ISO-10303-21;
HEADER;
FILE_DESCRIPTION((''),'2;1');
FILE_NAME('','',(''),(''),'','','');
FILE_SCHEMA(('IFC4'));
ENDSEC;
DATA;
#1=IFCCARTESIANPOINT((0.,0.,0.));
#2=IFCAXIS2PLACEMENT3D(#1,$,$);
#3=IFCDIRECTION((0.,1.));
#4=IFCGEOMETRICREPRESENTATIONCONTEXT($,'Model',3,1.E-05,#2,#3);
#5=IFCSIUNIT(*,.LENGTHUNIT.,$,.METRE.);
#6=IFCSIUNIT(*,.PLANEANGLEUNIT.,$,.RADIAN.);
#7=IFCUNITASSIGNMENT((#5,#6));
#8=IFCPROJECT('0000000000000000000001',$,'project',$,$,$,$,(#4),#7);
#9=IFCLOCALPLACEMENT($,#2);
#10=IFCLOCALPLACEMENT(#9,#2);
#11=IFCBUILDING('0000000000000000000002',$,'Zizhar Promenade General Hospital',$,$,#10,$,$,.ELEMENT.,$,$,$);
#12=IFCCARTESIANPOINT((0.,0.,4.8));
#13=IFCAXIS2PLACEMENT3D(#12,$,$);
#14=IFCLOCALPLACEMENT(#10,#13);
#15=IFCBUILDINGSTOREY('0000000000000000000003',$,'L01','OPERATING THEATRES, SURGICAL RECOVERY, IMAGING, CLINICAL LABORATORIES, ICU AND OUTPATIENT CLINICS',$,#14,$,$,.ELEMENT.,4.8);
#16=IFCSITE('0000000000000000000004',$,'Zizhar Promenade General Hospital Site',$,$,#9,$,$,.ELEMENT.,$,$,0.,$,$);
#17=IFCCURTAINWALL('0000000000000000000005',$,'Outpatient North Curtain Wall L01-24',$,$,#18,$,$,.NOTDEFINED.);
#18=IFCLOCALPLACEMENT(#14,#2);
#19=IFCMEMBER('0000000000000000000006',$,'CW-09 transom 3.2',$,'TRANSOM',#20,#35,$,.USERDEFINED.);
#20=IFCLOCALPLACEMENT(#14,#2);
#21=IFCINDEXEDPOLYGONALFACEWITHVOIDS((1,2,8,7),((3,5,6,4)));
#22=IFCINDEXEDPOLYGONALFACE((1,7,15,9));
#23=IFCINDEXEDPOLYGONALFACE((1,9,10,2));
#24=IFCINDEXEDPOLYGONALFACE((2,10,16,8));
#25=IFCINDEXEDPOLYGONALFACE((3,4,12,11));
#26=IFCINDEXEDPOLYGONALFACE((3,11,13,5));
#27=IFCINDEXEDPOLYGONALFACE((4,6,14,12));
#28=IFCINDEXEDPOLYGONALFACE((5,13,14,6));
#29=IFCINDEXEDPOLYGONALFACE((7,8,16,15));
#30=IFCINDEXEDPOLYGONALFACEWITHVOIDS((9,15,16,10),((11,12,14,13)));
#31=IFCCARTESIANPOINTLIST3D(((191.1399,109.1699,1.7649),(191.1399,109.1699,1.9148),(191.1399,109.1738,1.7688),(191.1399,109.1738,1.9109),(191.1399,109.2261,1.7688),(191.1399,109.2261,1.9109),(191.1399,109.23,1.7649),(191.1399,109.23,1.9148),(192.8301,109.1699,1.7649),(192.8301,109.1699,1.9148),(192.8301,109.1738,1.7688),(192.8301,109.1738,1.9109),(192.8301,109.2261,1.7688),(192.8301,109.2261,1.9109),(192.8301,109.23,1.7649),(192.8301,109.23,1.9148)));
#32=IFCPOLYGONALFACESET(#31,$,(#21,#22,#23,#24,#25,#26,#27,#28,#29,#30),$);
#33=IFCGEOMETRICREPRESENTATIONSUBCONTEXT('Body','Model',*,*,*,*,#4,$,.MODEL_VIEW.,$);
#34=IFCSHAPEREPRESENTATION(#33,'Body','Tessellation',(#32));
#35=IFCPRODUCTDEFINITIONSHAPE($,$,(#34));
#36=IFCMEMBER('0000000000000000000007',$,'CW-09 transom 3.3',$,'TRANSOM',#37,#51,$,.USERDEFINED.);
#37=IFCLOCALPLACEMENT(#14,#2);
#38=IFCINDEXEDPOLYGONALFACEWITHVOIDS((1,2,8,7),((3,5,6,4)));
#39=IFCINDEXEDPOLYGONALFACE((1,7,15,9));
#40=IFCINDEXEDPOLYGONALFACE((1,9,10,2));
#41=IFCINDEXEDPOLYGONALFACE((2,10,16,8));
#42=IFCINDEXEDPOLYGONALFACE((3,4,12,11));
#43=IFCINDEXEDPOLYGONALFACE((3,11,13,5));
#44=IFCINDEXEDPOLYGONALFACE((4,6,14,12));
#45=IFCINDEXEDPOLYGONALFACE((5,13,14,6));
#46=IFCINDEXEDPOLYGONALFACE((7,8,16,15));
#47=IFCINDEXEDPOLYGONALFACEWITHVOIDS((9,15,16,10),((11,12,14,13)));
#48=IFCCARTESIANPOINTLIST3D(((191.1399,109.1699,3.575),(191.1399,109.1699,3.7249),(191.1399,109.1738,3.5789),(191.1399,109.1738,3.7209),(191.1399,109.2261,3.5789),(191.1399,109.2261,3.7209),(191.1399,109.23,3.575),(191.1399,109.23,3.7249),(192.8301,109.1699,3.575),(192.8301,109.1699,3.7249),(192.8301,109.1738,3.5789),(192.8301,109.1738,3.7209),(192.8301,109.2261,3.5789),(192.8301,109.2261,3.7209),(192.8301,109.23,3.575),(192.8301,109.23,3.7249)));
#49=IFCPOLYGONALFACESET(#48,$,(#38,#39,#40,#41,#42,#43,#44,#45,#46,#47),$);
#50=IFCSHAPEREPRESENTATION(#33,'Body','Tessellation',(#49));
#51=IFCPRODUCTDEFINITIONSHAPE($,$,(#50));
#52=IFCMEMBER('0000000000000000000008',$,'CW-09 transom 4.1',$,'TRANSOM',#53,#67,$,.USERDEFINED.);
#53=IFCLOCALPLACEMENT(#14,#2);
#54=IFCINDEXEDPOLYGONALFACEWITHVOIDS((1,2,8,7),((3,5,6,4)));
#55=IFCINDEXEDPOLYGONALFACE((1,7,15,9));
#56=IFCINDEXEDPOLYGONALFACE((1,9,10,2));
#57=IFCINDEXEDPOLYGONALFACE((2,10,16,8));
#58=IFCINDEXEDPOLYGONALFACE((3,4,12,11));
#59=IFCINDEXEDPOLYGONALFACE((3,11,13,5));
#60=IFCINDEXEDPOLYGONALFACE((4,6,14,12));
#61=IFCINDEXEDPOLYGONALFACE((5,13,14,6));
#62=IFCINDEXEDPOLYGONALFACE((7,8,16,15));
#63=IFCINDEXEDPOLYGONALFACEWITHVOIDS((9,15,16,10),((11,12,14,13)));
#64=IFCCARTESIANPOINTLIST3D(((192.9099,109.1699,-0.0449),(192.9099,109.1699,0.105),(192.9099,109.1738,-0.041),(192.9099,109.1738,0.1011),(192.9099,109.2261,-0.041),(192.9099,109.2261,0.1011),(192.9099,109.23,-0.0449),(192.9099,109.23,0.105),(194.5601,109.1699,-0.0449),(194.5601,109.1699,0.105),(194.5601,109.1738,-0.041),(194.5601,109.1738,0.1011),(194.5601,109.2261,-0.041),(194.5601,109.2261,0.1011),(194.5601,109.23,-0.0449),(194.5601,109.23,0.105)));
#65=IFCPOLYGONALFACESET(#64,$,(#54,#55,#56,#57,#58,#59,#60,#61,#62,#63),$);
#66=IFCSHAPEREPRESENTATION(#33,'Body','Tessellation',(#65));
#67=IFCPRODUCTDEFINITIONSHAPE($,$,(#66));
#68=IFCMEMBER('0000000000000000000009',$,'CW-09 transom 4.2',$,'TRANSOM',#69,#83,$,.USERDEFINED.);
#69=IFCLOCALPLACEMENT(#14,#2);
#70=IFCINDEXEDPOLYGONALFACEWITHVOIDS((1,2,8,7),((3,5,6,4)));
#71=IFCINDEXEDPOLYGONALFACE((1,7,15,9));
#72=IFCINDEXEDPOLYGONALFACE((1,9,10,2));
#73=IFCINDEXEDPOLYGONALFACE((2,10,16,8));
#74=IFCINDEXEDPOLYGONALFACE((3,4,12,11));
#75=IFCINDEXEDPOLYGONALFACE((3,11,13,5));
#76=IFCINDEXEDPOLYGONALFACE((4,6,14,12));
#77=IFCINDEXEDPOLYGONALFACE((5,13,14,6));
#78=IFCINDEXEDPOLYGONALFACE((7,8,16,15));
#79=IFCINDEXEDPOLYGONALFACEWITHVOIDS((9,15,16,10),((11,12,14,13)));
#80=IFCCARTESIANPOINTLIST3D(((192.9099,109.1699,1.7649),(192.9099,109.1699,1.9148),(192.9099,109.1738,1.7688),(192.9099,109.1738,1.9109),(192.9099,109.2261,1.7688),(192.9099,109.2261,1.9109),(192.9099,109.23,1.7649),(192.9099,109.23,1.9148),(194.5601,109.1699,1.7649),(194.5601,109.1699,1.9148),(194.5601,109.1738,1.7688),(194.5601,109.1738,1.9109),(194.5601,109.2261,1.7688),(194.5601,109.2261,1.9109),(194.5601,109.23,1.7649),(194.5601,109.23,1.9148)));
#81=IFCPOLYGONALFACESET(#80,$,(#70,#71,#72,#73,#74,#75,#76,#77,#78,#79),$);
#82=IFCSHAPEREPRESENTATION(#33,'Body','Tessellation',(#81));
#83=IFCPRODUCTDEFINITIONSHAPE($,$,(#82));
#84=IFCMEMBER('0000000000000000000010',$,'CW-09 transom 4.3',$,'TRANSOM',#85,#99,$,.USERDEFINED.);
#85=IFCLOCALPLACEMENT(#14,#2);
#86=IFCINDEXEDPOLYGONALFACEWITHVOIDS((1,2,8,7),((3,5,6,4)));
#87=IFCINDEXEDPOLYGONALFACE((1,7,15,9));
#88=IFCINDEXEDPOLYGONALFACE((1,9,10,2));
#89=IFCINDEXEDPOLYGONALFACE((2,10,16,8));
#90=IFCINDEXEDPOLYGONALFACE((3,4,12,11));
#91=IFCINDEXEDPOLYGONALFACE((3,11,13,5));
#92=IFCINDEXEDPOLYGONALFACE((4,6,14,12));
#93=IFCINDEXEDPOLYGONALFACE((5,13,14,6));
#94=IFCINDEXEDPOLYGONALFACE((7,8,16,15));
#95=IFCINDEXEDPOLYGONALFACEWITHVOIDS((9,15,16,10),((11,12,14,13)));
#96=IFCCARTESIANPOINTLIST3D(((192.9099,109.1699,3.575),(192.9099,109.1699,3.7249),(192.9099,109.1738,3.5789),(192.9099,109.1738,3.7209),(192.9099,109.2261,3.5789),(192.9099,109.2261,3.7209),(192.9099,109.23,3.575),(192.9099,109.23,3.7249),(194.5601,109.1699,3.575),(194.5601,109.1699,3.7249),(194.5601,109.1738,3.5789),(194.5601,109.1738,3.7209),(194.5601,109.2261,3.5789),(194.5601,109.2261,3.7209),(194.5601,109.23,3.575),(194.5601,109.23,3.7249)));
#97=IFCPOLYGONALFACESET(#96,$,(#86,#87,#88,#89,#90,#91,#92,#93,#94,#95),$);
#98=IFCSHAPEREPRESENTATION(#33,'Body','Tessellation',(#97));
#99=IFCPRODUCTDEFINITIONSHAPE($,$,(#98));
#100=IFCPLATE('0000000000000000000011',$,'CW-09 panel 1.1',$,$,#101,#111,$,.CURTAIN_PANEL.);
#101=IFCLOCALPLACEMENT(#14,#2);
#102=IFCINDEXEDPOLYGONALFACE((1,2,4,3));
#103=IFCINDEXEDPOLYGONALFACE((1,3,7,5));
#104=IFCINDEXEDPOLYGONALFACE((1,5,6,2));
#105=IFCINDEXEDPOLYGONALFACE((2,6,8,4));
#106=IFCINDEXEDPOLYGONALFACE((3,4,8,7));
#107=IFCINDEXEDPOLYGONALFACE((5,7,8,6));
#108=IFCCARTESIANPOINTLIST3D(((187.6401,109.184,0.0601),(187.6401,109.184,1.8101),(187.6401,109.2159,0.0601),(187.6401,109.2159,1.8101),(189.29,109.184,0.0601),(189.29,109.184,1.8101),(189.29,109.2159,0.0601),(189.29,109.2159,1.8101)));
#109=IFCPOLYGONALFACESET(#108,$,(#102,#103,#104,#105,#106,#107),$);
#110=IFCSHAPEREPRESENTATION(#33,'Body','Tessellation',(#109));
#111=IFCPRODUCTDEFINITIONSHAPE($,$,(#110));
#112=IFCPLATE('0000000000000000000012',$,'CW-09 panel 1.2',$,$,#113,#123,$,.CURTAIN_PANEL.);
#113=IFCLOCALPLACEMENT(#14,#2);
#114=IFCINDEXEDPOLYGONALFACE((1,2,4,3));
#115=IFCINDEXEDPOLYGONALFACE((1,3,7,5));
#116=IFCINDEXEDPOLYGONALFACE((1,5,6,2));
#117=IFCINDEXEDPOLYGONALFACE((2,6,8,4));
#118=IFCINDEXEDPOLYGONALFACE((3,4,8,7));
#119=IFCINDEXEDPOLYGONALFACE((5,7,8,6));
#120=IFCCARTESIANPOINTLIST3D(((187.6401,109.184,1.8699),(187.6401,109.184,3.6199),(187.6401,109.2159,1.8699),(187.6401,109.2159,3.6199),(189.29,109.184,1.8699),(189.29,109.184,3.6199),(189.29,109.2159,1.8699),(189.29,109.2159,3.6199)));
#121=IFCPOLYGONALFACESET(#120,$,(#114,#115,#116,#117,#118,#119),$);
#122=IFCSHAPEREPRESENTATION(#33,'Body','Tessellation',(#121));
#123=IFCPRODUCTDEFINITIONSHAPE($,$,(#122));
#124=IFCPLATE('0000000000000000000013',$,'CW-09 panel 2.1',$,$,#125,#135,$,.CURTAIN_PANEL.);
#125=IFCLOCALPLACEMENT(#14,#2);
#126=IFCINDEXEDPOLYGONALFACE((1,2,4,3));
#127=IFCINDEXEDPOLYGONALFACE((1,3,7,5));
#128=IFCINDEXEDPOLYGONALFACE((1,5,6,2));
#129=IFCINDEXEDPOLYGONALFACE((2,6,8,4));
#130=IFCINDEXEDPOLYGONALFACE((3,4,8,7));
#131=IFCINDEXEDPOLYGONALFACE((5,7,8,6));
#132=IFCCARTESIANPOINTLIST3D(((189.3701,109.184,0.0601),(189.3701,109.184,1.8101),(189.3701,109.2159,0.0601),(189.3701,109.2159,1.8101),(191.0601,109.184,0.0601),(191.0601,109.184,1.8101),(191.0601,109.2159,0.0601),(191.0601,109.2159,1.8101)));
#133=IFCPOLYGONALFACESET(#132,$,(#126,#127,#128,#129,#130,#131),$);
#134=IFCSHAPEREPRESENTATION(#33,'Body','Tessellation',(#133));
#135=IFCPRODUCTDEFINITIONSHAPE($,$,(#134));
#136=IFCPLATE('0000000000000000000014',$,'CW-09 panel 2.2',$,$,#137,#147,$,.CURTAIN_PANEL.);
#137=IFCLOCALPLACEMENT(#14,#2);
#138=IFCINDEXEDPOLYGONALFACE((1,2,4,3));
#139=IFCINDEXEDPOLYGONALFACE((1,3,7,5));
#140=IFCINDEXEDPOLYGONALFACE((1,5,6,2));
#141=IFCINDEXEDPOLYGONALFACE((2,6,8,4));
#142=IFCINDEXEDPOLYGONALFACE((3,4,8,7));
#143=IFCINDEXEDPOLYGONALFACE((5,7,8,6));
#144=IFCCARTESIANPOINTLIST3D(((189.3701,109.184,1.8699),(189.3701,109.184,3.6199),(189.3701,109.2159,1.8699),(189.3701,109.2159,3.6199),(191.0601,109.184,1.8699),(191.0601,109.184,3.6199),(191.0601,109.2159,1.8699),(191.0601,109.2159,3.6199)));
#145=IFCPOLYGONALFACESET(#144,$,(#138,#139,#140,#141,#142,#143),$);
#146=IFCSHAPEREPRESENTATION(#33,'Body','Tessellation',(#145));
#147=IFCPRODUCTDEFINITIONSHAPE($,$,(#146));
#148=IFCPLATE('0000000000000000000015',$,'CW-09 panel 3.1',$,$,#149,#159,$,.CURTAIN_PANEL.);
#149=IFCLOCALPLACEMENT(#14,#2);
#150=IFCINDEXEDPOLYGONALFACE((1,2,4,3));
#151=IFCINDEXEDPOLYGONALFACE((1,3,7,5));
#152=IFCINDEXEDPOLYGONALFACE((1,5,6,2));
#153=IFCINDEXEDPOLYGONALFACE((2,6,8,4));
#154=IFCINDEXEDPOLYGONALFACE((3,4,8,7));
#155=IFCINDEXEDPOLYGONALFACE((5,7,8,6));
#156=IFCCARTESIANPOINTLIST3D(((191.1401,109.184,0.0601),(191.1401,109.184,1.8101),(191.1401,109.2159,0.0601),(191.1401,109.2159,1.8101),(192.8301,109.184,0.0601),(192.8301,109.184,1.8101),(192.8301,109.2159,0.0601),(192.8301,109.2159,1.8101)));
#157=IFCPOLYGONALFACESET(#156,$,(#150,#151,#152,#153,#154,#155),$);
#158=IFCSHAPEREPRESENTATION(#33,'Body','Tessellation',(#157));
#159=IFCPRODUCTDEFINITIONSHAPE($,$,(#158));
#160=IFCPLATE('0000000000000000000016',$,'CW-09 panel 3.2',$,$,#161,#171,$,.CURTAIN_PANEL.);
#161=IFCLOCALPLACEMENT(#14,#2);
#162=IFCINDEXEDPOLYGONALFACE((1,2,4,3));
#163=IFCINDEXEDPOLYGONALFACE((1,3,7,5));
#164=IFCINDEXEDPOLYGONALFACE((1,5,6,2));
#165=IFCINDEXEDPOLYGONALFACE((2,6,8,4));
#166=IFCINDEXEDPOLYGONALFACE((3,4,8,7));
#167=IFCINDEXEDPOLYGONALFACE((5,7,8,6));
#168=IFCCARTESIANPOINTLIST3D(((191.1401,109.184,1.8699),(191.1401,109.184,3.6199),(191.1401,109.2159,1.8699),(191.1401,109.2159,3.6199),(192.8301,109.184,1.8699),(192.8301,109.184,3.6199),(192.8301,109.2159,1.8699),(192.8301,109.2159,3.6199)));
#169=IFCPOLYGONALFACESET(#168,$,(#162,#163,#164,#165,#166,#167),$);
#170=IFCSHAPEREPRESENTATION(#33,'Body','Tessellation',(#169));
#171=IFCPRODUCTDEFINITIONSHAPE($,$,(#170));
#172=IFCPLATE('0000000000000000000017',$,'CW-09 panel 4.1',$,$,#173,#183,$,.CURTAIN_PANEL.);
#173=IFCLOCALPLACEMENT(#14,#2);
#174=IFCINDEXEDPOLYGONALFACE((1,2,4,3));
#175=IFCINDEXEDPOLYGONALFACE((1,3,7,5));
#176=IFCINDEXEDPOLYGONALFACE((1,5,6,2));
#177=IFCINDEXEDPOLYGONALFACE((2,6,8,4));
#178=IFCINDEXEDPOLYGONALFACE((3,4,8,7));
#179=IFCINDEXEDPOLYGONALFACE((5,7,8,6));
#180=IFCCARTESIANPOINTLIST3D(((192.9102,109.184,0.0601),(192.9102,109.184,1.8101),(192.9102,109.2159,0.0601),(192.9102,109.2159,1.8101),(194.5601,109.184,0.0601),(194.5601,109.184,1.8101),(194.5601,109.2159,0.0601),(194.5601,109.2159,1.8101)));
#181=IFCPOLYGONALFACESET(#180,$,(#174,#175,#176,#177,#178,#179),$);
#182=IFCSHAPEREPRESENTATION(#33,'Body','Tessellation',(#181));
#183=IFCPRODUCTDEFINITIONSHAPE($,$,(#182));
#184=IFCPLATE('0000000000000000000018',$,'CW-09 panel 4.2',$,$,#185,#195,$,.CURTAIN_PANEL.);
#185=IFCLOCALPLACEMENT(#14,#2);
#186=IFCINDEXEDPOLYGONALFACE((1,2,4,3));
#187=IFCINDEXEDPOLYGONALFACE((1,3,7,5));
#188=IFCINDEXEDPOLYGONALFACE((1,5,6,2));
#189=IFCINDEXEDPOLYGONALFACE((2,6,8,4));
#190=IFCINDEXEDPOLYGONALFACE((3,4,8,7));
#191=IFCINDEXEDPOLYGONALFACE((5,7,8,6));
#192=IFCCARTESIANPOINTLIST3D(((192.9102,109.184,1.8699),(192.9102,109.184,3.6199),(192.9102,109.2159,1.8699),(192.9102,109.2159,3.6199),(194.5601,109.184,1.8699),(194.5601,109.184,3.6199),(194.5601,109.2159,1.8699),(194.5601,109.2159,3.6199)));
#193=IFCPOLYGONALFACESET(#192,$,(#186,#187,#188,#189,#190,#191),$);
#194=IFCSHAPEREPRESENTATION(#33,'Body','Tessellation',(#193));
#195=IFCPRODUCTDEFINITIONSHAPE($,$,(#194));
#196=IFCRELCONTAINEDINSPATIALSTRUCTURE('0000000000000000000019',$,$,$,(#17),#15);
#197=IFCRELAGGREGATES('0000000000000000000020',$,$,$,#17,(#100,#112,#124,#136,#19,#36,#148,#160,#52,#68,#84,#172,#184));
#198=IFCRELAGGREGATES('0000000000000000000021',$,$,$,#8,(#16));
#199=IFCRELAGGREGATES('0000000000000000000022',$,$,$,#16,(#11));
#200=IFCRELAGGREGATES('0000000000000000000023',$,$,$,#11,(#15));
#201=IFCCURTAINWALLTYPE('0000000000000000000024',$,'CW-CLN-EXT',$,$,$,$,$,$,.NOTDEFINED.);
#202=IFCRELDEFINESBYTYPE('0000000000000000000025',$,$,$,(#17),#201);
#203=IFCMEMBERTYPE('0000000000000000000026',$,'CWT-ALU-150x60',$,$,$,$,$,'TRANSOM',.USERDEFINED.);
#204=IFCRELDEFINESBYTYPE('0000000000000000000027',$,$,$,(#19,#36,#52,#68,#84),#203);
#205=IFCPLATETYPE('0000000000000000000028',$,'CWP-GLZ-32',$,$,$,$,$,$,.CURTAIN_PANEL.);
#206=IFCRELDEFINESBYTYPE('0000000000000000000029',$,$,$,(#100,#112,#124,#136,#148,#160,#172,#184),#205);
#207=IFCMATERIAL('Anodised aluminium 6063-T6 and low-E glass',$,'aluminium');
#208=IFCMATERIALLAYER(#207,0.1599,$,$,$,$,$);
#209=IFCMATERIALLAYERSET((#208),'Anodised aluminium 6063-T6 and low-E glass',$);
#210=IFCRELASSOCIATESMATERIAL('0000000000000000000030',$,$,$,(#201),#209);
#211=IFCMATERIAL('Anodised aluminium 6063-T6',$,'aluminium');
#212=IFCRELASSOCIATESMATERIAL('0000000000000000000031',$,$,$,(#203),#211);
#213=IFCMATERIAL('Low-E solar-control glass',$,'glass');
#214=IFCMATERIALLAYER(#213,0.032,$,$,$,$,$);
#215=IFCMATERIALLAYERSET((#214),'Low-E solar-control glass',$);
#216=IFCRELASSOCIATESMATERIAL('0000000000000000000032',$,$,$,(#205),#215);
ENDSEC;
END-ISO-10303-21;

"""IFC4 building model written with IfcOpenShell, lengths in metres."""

from ifc_helpers import new_model, si_unit, direction, frame, origin, origin_2d, place, context, subcontext, project, spatial, rectangle, hollow_rectangle, extrude, material, layer, layer_set, material_profile, profile_set, type_object, element, aggregate, save


model = new_model("IFC4")

# Units and contexts
model_context = context("Model", 3, precision=1e-05, world=origin(), true_north=direction((0.0, 1.0)))
body_context = subcontext(model_context, "Body", "Model", "MODEL_VIEW")
ifc_project = project(units=[si_unit("LENGTHUNIT", "METRE"), si_unit("PLANEANGLEUNIT", "RADIAN")], contexts=[model_context])

# Site, building, storey
site_placement = place(None, origin())
site = spatial("IfcSite", under=ifc_project, at=site_placement, Name="Zizhar Promenade General Hospital Site", CompositionType="ELEMENT", RefElevation=0.0)
building_placement = place(site_placement, origin())
building = spatial("IfcBuilding", under=site, at=building_placement, Name="Zizhar Promenade General Hospital", CompositionType="ELEMENT")
storey_placement = place(building_placement, frame((0.0, 0.0, 4.8)))
storey = spatial("IfcBuildingStorey", under=building, at=storey_placement, Name="L01", Description="OPERATING THEATRES, SURGICAL RECOVERY, IMAGING, CLINICAL LABORATORIES, ICU AND OUTPATIENT CLINICS", CompositionType="ELEMENT", Elevation=4.8)

# Curtain wall, members, plates
ifc_material_1 = material(Name="Anodised aluminium 6063-T6 and low-E glass", Category="aluminium")
ifc_layer_1 = layer(ifc_material_1, 0.1599)
ifc_layer_set_1 = layer_set([ifc_layer_1], Name="Anodised aluminium 6063-T6 and low-E glass")
curtain_wall_type = type_object("IfcCurtainWallType", Name="CW-CLN-EXT", PredefinedType="NOTDEFINED", material=ifc_layer_set_1)
curtain_wall_placement = place(storey_placement, origin())
curtain_wall = element("IfcCurtainWall", 1, at=curtain_wall_placement, inside=storey, type_object=curtain_wall_type, Name="Outpatient North Curtain Wall L01-24", PredefinedType="NOTDEFINED")
ifc_material_2 = material(Name="Anodised aluminium 6063-T6", Category="aluminium")
ifc_material_profile_1 = material_profile(ifc_material_2, hollow_rectangle(XDim=0.0601, YDim=0.1499, WallThickness=0.0039, at=origin_2d()))
ifc_profile_set_1 = profile_set([ifc_material_profile_1], Name="Anodised aluminium 6063-T6")
member_type_1 = type_object("IfcMemberType", Name="CWT-ALU-150x60", ElementType="TRANSOM", PredefinedType="USERDEFINED", material=ifc_profile_set_1)
member_1_placement = place(storey_placement, frame((191.1399, 109.2, 1.8398), z_axis=(1.0, 0.0, 0.0), x_axis=(0.0, 1.0, 0.0)))
member_1 = element("IfcMember", 2, at=member_1_placement, type_object=member_type_1, Name="CW-09 transom 3.2", ObjectType="TRANSOM", PredefinedType="USERDEFINED", context=body_context, shape_type="SweptSolid", body=[
    extrude(hollow_rectangle(XDim=0.0601, YDim=0.1499, WallThickness=0.0039, at=origin_2d()), origin(), (0.0, 0.0, 1.0), 1.6902),
])
member_2_placement = place(storey_placement, frame((191.1399, 109.2, 3.6499), z_axis=(1.0, 0.0, 0.0), x_axis=(0.0, 1.0, 0.0)))
member_2 = element("IfcMember", 3, at=member_2_placement, type_object=member_type_1, Name="CW-09 transom 3.3", ObjectType="TRANSOM", PredefinedType="USERDEFINED", context=body_context, shape_type="SweptSolid", body=[
    extrude(hollow_rectangle(XDim=0.0601, YDim=0.1499, WallThickness=0.0039, at=origin_2d()), origin(), (0.0, 0.0, 1.0), 1.6902),
])
member_3_placement = place(storey_placement, frame((192.9099, 109.2, 0.03), z_axis=(1.0, 0.0, 0.0), x_axis=(0.0, 1.0, 0.0)))
member_3 = element("IfcMember", 4, at=member_3_placement, type_object=member_type_1, Name="CW-09 transom 4.1", ObjectType="TRANSOM", PredefinedType="USERDEFINED", context=body_context, shape_type="SweptSolid", body=[
    extrude(hollow_rectangle(XDim=0.0601, YDim=0.1499, WallThickness=0.0039, at=origin_2d()), origin(), (0.0, 0.0, 1.0), 1.6501),
])
member_4_placement = place(storey_placement, frame((192.9099, 109.2, 1.8398), z_axis=(1.0, 0.0, 0.0), x_axis=(0.0, 1.0, 0.0)))
member_4 = element("IfcMember", 5, at=member_4_placement, type_object=member_type_1, Name="CW-09 transom 4.2", ObjectType="TRANSOM", PredefinedType="USERDEFINED", context=body_context, shape_type="SweptSolid", body=[
    extrude(hollow_rectangle(XDim=0.0601, YDim=0.1499, WallThickness=0.0039, at=origin_2d()), origin(), (0.0, 0.0, 1.0), 1.6501),
])
member_5_placement = place(storey_placement, frame((192.9099, 109.2, 3.6499), z_axis=(1.0, 0.0, 0.0), x_axis=(0.0, 1.0, 0.0)))
member_5 = element("IfcMember", 6, at=member_5_placement, type_object=member_type_1, Name="CW-09 transom 4.3", ObjectType="TRANSOM", PredefinedType="USERDEFINED", context=body_context, shape_type="SweptSolid", body=[
    extrude(hollow_rectangle(XDim=0.0601, YDim=0.1499, WallThickness=0.0039, at=origin_2d()), origin(), (0.0, 0.0, 1.0), 1.6501),
])
ifc_material_3 = material(Name="Low-E solar-control glass", Category="glass")
ifc_layer_2 = layer(ifc_material_3, 0.032)
ifc_layer_set_2 = layer_set([ifc_layer_2], Name="Low-E solar-control glass")
plate_type = type_object("IfcPlateType", Name="CWP-GLZ-32", PredefinedType="CURTAIN_PANEL", material=ifc_layer_set_2)
plate_1_placement = place(storey_placement, frame((188.4651, 109.2, 0.0601), z_axis=(0.0, 0.0, 1.0), x_axis=(1.0, 0.0, 0.0)))
plate_1 = element("IfcPlate", 7, at=plate_1_placement, type_object=plate_type, Name="CW-09 panel 1.1", PredefinedType="CURTAIN_PANEL", context=body_context, shape_type="SweptSolid", body=[
    extrude(rectangle(XDim=1.6499, YDim=0.032, at=origin_2d()), origin(), (0.0, 0.0, 1.0), 1.75),
])
plate_2_placement = place(storey_placement, frame((188.4651, 109.2, 1.8699), z_axis=(0.0, 0.0, 1.0), x_axis=(1.0, 0.0, 0.0)))
plate_2 = element("IfcPlate", 8, at=plate_2_placement, type_object=plate_type, Name="CW-09 panel 1.2", PredefinedType="CURTAIN_PANEL", context=body_context, shape_type="SweptSolid", body=[
    extrude(rectangle(XDim=1.6499, YDim=0.032, at=origin_2d()), origin(), (0.0, 0.0, 1.0), 1.75),
])
plate_3_placement = place(storey_placement, frame((190.2151, 109.2, 0.0601), z_axis=(0.0, 0.0, 1.0), x_axis=(1.0, 0.0, 0.0)))
plate_3 = element("IfcPlate", 9, at=plate_3_placement, type_object=plate_type, Name="CW-09 panel 2.1", PredefinedType="CURTAIN_PANEL", context=body_context, shape_type="SweptSolid", body=[
    extrude(rectangle(XDim=1.6899, YDim=0.032, at=origin_2d()), origin(), (0.0, 0.0, 1.0), 1.75),
])
plate_4_placement = place(storey_placement, frame((190.2151, 109.2, 1.8699), z_axis=(0.0, 0.0, 1.0), x_axis=(1.0, 0.0, 0.0)))
plate_4 = element("IfcPlate", 10, at=plate_4_placement, type_object=plate_type, Name="CW-09 panel 2.2", PredefinedType="CURTAIN_PANEL", context=body_context, shape_type="SweptSolid", body=[
    extrude(rectangle(XDim=1.6899, YDim=0.032, at=origin_2d()), origin(), (0.0, 0.0, 1.0), 1.75),
])
plate_5_placement = place(storey_placement, frame((191.9851, 109.2, 0.0601), z_axis=(0.0, 0.0, 1.0), x_axis=(1.0, 0.0, 0.0)))
plate_5 = element("IfcPlate", 11, at=plate_5_placement, type_object=plate_type, Name="CW-09 panel 3.1", PredefinedType="CURTAIN_PANEL", context=body_context, shape_type="SweptSolid", body=[
    extrude(rectangle(XDim=1.6899, YDim=0.032, at=origin_2d()), origin(), (0.0, 0.0, 1.0), 1.75),
])
plate_6_placement = place(storey_placement, frame((191.9851, 109.2, 1.8699), z_axis=(0.0, 0.0, 1.0), x_axis=(1.0, 0.0, 0.0)))
plate_6 = element("IfcPlate", 12, at=plate_6_placement, type_object=plate_type, Name="CW-09 panel 3.2", PredefinedType="CURTAIN_PANEL", context=body_context, shape_type="SweptSolid", body=[
    extrude(rectangle(XDim=1.6899, YDim=0.032, at=origin_2d()), origin(), (0.0, 0.0, 1.0), 1.75),
])
plate_7_placement = place(storey_placement, frame((193.7351, 109.2, 0.0601), z_axis=(0.0, 0.0, 1.0), x_axis=(1.0, 0.0, 0.0)))
plate_7 = element("IfcPlate", 13, at=plate_7_placement, type_object=plate_type, Name="CW-09 panel 4.1", PredefinedType="CURTAIN_PANEL", context=body_context, shape_type="SweptSolid", body=[
    extrude(rectangle(XDim=1.6499, YDim=0.032, at=origin_2d()), origin(), (0.0, 0.0, 1.0), 1.75),
])
plate_8_placement = place(storey_placement, frame((193.7351, 109.2, 1.8699), z_axis=(0.0, 0.0, 1.0), x_axis=(1.0, 0.0, 0.0)))
plate_8 = element("IfcPlate", 14, at=plate_8_placement, type_object=plate_type, Name="CW-09 panel 4.2", PredefinedType="CURTAIN_PANEL", context=body_context, shape_type="SweptSolid", body=[
    extrude(rectangle(XDim=1.6499, YDim=0.032, at=origin_2d()), origin(), (0.0, 0.0, 1.0), 1.75),
])
aggregate(curtain_wall, [plate_1, plate_2, plate_3, plate_4, member_1, member_2, plate_5, plate_6, member_3, member_4, member_5, plate_7, plate_8])

save(model, "model.ifc")
